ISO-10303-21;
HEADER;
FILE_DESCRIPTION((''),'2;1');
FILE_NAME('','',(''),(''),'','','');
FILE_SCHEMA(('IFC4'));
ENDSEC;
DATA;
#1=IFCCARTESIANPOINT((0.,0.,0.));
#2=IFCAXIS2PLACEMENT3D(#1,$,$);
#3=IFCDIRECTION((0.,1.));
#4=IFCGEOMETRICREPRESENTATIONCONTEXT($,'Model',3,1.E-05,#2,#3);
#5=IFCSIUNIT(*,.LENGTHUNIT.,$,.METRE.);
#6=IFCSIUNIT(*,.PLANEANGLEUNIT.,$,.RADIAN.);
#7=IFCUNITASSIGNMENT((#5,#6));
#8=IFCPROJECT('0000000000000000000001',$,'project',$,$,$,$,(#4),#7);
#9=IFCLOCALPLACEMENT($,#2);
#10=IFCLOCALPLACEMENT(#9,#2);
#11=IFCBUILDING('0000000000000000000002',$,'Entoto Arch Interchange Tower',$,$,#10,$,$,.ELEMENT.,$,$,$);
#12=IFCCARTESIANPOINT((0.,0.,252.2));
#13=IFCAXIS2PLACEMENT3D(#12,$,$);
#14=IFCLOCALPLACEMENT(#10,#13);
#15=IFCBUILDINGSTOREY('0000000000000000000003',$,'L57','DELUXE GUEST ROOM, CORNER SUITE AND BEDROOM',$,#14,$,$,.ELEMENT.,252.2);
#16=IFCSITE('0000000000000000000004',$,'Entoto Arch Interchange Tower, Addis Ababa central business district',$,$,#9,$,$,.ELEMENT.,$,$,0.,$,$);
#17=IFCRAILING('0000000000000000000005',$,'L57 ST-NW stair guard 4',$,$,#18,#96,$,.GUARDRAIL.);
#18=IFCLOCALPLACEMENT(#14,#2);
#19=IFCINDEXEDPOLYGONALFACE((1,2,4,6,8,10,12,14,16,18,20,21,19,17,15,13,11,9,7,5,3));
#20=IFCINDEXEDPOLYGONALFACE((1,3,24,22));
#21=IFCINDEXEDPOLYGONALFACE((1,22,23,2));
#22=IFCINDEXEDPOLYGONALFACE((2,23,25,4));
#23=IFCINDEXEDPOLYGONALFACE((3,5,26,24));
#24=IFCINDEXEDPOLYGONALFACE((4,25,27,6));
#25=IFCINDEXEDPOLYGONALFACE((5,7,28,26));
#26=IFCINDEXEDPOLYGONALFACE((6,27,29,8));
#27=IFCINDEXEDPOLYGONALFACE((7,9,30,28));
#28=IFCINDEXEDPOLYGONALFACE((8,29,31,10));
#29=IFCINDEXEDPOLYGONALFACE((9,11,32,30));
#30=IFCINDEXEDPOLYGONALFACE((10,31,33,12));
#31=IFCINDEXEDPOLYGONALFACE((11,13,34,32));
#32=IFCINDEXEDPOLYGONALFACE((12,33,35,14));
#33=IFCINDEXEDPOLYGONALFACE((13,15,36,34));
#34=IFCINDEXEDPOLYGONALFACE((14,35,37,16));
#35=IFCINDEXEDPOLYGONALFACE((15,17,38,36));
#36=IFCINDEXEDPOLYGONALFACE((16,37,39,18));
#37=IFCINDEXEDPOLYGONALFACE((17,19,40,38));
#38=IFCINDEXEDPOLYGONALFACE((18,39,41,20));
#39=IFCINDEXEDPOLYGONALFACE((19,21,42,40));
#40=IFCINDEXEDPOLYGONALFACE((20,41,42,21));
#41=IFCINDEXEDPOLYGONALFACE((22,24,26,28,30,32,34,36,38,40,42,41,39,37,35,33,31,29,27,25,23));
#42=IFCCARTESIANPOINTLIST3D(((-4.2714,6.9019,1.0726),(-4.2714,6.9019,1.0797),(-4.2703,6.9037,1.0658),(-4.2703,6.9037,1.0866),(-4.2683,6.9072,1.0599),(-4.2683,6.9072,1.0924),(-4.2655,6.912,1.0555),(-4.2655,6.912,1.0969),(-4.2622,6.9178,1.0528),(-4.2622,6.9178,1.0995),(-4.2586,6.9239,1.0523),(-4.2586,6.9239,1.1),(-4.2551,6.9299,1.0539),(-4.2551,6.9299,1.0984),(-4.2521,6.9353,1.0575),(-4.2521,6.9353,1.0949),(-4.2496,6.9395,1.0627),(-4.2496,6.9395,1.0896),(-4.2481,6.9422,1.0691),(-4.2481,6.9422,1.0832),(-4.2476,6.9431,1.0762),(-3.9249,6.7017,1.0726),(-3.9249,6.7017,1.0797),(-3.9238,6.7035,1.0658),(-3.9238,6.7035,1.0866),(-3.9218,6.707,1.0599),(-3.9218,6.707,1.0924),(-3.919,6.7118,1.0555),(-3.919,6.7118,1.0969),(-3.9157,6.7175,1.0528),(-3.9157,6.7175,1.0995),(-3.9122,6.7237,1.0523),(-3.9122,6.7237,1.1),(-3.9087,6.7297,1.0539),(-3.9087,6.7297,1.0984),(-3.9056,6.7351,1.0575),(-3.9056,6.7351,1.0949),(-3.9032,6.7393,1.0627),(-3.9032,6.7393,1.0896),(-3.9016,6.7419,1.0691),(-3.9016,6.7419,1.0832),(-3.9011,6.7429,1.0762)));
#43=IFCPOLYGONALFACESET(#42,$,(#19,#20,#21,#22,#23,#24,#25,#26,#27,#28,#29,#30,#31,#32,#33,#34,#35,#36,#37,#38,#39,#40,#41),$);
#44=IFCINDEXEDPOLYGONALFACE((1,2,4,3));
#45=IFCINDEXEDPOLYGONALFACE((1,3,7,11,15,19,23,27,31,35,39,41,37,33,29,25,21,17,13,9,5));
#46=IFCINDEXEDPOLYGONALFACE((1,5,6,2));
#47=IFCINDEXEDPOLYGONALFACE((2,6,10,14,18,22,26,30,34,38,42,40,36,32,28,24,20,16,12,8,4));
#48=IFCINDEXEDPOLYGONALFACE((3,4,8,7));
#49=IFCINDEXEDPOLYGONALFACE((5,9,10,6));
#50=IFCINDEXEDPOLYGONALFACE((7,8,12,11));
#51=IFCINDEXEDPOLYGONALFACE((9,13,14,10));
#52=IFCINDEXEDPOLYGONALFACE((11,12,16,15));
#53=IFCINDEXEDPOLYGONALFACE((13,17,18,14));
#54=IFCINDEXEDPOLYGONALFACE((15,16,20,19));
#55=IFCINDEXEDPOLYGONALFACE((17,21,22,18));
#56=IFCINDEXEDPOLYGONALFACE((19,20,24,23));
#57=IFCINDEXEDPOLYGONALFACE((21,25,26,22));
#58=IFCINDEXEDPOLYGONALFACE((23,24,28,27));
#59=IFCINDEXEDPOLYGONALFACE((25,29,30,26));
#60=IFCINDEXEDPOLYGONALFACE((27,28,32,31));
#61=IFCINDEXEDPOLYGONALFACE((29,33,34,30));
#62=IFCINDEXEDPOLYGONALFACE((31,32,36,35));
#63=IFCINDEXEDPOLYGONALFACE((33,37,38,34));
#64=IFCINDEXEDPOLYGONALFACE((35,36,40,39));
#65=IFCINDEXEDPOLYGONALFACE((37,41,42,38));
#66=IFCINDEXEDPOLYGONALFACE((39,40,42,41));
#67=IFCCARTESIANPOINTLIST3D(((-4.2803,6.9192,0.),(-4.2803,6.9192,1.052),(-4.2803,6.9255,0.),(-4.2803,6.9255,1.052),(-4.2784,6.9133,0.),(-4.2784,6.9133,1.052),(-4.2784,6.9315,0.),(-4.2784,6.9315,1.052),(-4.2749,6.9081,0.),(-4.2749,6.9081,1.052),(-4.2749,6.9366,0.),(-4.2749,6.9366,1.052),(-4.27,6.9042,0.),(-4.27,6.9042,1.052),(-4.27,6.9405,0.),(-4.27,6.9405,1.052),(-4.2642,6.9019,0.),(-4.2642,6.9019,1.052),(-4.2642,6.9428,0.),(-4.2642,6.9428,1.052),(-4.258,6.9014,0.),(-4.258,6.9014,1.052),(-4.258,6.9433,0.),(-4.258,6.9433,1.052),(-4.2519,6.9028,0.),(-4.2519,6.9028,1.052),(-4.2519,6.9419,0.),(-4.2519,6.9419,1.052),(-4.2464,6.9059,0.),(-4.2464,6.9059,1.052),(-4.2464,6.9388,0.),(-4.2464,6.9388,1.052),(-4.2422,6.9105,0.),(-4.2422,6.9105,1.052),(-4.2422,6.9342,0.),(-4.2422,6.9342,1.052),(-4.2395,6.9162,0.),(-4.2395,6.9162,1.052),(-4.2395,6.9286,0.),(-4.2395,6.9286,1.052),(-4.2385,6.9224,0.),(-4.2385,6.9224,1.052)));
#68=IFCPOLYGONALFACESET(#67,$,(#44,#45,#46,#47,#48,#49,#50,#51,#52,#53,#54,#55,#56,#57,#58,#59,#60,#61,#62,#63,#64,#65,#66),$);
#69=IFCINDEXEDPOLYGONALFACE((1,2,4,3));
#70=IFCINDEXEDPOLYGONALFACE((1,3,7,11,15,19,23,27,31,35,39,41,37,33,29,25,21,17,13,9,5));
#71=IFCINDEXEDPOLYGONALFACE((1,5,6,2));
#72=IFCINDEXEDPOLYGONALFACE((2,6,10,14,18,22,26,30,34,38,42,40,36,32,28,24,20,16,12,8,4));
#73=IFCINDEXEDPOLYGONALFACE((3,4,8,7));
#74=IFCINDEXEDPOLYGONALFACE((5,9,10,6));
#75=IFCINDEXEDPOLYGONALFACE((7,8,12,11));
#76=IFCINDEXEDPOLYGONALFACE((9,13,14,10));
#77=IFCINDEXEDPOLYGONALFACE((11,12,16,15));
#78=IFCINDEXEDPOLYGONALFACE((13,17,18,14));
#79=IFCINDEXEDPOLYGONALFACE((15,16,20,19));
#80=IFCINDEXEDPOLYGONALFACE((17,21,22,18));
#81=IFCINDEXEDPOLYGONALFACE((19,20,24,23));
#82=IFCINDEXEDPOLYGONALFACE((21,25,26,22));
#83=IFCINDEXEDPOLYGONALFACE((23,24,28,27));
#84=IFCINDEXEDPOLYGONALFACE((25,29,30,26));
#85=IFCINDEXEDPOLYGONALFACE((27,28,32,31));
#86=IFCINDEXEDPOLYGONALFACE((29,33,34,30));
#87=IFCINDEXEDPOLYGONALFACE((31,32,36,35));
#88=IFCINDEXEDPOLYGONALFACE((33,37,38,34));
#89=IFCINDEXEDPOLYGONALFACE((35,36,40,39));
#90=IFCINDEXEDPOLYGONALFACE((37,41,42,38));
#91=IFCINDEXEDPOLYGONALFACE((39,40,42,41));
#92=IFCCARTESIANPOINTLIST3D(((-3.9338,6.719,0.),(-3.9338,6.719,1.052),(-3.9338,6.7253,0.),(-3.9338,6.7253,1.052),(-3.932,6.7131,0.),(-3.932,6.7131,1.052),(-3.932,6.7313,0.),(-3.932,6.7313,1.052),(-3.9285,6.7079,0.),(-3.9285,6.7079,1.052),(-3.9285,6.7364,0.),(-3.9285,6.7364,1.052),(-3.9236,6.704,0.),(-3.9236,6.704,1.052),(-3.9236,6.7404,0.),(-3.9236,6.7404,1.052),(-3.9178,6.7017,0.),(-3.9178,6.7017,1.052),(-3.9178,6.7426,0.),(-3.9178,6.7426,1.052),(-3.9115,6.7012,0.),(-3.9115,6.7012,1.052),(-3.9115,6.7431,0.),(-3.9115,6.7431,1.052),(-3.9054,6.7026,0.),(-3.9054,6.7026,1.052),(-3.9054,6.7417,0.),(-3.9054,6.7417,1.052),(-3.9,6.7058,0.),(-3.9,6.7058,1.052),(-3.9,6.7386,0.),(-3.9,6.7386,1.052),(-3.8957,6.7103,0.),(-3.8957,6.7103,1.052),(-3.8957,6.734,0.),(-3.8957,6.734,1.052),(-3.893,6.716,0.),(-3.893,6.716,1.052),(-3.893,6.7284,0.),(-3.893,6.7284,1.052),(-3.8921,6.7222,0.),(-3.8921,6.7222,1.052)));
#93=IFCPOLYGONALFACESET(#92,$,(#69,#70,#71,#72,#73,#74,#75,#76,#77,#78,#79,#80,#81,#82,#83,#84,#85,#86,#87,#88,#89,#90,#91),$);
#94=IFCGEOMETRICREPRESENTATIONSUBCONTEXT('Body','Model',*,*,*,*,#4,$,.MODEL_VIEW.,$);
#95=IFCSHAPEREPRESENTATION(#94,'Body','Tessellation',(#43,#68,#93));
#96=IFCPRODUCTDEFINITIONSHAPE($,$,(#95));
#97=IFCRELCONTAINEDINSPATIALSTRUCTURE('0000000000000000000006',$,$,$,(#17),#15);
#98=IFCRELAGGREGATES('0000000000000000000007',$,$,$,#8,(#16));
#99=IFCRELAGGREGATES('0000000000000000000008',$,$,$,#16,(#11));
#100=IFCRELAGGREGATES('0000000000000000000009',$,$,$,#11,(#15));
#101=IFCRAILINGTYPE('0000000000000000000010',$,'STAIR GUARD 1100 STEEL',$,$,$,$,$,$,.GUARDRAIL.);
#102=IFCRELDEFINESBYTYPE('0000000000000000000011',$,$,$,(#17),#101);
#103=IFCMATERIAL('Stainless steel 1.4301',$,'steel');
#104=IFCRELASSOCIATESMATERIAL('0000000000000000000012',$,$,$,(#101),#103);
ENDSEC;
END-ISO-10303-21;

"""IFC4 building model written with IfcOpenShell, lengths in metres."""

from ifc_helpers import new_model, si_unit, direction, frame, origin, origin_2d, place, context, subcontext, project, spatial, circle, extrude, material, type_object, element, save


model = new_model("IFC4")

# Units and contexts
model_context = context("Model", 3, precision=1e-05, world=origin(), true_north=direction((0.0, 1.0)))
body_context = subcontext(model_context, "Body", "Model", "MODEL_VIEW")
ifc_project = project(units=[si_unit("LENGTHUNIT", "METRE"), si_unit("PLANEANGLEUNIT", "RADIAN")], contexts=[model_context])

# Site, building, storey
site_placement = place(None, origin())
site = spatial("IfcSite", under=ifc_project, at=site_placement, Name="Entoto Arch Interchange Tower, Addis Ababa central business district", CompositionType="ELEMENT", RefElevation=0.0)
building_placement = place(site_placement, origin())
building = spatial("IfcBuilding", under=site, at=building_placement, Name="Entoto Arch Interchange Tower", CompositionType="ELEMENT")
storey_placement = place(building_placement, frame((0.0, 0.0, 252.2)))
storey = spatial("IfcBuildingStorey", under=building, at=storey_placement, Name="L57", Description="DELUXE GUEST ROOM, CORNER SUITE AND BEDROOM", CompositionType="ELEMENT", Elevation=252.2)

# Railing
ifc_material_1 = material(Name="Stainless steel 1.4301", Category="steel")
railing_type_1 = type_object("IfcRailingType", Name="STAIR GUARD 1100 STEEL", PredefinedType="GUARDRAIL", material=ifc_material_1)
railing_1_placement = place(storey_placement, frame((-4.2595, 6.9224, 0.0)))
element("IfcRailing", 1, at=railing_1_placement, inside=storey, type_object=railing_type_1, Name="L57 ST-NW stair guard 4", PredefinedType="GUARDRAIL", context=body_context, shape_type="SweptSolid", body=[
    extrude(circle(Radius=0.0239, at=origin_2d()), frame((0.0, 0.0, 1.0762), z_axis=(0.86583, -0.500339, 0.0), x_axis=(0.500339, 0.86583, 0.0)), (0.0, 0.0, 1.0), 0.4001),
    extrude(circle(Radius=0.021, at=origin_2d()), origin(), (0.0, 0.0, 1.0), 1.052),
    extrude(circle(Radius=0.021, at=origin_2d()), frame((0.3464, -0.2002, 0.0)), (0.0, 0.0, 1.0), 1.052),
])

save(model, "model.ifc")
